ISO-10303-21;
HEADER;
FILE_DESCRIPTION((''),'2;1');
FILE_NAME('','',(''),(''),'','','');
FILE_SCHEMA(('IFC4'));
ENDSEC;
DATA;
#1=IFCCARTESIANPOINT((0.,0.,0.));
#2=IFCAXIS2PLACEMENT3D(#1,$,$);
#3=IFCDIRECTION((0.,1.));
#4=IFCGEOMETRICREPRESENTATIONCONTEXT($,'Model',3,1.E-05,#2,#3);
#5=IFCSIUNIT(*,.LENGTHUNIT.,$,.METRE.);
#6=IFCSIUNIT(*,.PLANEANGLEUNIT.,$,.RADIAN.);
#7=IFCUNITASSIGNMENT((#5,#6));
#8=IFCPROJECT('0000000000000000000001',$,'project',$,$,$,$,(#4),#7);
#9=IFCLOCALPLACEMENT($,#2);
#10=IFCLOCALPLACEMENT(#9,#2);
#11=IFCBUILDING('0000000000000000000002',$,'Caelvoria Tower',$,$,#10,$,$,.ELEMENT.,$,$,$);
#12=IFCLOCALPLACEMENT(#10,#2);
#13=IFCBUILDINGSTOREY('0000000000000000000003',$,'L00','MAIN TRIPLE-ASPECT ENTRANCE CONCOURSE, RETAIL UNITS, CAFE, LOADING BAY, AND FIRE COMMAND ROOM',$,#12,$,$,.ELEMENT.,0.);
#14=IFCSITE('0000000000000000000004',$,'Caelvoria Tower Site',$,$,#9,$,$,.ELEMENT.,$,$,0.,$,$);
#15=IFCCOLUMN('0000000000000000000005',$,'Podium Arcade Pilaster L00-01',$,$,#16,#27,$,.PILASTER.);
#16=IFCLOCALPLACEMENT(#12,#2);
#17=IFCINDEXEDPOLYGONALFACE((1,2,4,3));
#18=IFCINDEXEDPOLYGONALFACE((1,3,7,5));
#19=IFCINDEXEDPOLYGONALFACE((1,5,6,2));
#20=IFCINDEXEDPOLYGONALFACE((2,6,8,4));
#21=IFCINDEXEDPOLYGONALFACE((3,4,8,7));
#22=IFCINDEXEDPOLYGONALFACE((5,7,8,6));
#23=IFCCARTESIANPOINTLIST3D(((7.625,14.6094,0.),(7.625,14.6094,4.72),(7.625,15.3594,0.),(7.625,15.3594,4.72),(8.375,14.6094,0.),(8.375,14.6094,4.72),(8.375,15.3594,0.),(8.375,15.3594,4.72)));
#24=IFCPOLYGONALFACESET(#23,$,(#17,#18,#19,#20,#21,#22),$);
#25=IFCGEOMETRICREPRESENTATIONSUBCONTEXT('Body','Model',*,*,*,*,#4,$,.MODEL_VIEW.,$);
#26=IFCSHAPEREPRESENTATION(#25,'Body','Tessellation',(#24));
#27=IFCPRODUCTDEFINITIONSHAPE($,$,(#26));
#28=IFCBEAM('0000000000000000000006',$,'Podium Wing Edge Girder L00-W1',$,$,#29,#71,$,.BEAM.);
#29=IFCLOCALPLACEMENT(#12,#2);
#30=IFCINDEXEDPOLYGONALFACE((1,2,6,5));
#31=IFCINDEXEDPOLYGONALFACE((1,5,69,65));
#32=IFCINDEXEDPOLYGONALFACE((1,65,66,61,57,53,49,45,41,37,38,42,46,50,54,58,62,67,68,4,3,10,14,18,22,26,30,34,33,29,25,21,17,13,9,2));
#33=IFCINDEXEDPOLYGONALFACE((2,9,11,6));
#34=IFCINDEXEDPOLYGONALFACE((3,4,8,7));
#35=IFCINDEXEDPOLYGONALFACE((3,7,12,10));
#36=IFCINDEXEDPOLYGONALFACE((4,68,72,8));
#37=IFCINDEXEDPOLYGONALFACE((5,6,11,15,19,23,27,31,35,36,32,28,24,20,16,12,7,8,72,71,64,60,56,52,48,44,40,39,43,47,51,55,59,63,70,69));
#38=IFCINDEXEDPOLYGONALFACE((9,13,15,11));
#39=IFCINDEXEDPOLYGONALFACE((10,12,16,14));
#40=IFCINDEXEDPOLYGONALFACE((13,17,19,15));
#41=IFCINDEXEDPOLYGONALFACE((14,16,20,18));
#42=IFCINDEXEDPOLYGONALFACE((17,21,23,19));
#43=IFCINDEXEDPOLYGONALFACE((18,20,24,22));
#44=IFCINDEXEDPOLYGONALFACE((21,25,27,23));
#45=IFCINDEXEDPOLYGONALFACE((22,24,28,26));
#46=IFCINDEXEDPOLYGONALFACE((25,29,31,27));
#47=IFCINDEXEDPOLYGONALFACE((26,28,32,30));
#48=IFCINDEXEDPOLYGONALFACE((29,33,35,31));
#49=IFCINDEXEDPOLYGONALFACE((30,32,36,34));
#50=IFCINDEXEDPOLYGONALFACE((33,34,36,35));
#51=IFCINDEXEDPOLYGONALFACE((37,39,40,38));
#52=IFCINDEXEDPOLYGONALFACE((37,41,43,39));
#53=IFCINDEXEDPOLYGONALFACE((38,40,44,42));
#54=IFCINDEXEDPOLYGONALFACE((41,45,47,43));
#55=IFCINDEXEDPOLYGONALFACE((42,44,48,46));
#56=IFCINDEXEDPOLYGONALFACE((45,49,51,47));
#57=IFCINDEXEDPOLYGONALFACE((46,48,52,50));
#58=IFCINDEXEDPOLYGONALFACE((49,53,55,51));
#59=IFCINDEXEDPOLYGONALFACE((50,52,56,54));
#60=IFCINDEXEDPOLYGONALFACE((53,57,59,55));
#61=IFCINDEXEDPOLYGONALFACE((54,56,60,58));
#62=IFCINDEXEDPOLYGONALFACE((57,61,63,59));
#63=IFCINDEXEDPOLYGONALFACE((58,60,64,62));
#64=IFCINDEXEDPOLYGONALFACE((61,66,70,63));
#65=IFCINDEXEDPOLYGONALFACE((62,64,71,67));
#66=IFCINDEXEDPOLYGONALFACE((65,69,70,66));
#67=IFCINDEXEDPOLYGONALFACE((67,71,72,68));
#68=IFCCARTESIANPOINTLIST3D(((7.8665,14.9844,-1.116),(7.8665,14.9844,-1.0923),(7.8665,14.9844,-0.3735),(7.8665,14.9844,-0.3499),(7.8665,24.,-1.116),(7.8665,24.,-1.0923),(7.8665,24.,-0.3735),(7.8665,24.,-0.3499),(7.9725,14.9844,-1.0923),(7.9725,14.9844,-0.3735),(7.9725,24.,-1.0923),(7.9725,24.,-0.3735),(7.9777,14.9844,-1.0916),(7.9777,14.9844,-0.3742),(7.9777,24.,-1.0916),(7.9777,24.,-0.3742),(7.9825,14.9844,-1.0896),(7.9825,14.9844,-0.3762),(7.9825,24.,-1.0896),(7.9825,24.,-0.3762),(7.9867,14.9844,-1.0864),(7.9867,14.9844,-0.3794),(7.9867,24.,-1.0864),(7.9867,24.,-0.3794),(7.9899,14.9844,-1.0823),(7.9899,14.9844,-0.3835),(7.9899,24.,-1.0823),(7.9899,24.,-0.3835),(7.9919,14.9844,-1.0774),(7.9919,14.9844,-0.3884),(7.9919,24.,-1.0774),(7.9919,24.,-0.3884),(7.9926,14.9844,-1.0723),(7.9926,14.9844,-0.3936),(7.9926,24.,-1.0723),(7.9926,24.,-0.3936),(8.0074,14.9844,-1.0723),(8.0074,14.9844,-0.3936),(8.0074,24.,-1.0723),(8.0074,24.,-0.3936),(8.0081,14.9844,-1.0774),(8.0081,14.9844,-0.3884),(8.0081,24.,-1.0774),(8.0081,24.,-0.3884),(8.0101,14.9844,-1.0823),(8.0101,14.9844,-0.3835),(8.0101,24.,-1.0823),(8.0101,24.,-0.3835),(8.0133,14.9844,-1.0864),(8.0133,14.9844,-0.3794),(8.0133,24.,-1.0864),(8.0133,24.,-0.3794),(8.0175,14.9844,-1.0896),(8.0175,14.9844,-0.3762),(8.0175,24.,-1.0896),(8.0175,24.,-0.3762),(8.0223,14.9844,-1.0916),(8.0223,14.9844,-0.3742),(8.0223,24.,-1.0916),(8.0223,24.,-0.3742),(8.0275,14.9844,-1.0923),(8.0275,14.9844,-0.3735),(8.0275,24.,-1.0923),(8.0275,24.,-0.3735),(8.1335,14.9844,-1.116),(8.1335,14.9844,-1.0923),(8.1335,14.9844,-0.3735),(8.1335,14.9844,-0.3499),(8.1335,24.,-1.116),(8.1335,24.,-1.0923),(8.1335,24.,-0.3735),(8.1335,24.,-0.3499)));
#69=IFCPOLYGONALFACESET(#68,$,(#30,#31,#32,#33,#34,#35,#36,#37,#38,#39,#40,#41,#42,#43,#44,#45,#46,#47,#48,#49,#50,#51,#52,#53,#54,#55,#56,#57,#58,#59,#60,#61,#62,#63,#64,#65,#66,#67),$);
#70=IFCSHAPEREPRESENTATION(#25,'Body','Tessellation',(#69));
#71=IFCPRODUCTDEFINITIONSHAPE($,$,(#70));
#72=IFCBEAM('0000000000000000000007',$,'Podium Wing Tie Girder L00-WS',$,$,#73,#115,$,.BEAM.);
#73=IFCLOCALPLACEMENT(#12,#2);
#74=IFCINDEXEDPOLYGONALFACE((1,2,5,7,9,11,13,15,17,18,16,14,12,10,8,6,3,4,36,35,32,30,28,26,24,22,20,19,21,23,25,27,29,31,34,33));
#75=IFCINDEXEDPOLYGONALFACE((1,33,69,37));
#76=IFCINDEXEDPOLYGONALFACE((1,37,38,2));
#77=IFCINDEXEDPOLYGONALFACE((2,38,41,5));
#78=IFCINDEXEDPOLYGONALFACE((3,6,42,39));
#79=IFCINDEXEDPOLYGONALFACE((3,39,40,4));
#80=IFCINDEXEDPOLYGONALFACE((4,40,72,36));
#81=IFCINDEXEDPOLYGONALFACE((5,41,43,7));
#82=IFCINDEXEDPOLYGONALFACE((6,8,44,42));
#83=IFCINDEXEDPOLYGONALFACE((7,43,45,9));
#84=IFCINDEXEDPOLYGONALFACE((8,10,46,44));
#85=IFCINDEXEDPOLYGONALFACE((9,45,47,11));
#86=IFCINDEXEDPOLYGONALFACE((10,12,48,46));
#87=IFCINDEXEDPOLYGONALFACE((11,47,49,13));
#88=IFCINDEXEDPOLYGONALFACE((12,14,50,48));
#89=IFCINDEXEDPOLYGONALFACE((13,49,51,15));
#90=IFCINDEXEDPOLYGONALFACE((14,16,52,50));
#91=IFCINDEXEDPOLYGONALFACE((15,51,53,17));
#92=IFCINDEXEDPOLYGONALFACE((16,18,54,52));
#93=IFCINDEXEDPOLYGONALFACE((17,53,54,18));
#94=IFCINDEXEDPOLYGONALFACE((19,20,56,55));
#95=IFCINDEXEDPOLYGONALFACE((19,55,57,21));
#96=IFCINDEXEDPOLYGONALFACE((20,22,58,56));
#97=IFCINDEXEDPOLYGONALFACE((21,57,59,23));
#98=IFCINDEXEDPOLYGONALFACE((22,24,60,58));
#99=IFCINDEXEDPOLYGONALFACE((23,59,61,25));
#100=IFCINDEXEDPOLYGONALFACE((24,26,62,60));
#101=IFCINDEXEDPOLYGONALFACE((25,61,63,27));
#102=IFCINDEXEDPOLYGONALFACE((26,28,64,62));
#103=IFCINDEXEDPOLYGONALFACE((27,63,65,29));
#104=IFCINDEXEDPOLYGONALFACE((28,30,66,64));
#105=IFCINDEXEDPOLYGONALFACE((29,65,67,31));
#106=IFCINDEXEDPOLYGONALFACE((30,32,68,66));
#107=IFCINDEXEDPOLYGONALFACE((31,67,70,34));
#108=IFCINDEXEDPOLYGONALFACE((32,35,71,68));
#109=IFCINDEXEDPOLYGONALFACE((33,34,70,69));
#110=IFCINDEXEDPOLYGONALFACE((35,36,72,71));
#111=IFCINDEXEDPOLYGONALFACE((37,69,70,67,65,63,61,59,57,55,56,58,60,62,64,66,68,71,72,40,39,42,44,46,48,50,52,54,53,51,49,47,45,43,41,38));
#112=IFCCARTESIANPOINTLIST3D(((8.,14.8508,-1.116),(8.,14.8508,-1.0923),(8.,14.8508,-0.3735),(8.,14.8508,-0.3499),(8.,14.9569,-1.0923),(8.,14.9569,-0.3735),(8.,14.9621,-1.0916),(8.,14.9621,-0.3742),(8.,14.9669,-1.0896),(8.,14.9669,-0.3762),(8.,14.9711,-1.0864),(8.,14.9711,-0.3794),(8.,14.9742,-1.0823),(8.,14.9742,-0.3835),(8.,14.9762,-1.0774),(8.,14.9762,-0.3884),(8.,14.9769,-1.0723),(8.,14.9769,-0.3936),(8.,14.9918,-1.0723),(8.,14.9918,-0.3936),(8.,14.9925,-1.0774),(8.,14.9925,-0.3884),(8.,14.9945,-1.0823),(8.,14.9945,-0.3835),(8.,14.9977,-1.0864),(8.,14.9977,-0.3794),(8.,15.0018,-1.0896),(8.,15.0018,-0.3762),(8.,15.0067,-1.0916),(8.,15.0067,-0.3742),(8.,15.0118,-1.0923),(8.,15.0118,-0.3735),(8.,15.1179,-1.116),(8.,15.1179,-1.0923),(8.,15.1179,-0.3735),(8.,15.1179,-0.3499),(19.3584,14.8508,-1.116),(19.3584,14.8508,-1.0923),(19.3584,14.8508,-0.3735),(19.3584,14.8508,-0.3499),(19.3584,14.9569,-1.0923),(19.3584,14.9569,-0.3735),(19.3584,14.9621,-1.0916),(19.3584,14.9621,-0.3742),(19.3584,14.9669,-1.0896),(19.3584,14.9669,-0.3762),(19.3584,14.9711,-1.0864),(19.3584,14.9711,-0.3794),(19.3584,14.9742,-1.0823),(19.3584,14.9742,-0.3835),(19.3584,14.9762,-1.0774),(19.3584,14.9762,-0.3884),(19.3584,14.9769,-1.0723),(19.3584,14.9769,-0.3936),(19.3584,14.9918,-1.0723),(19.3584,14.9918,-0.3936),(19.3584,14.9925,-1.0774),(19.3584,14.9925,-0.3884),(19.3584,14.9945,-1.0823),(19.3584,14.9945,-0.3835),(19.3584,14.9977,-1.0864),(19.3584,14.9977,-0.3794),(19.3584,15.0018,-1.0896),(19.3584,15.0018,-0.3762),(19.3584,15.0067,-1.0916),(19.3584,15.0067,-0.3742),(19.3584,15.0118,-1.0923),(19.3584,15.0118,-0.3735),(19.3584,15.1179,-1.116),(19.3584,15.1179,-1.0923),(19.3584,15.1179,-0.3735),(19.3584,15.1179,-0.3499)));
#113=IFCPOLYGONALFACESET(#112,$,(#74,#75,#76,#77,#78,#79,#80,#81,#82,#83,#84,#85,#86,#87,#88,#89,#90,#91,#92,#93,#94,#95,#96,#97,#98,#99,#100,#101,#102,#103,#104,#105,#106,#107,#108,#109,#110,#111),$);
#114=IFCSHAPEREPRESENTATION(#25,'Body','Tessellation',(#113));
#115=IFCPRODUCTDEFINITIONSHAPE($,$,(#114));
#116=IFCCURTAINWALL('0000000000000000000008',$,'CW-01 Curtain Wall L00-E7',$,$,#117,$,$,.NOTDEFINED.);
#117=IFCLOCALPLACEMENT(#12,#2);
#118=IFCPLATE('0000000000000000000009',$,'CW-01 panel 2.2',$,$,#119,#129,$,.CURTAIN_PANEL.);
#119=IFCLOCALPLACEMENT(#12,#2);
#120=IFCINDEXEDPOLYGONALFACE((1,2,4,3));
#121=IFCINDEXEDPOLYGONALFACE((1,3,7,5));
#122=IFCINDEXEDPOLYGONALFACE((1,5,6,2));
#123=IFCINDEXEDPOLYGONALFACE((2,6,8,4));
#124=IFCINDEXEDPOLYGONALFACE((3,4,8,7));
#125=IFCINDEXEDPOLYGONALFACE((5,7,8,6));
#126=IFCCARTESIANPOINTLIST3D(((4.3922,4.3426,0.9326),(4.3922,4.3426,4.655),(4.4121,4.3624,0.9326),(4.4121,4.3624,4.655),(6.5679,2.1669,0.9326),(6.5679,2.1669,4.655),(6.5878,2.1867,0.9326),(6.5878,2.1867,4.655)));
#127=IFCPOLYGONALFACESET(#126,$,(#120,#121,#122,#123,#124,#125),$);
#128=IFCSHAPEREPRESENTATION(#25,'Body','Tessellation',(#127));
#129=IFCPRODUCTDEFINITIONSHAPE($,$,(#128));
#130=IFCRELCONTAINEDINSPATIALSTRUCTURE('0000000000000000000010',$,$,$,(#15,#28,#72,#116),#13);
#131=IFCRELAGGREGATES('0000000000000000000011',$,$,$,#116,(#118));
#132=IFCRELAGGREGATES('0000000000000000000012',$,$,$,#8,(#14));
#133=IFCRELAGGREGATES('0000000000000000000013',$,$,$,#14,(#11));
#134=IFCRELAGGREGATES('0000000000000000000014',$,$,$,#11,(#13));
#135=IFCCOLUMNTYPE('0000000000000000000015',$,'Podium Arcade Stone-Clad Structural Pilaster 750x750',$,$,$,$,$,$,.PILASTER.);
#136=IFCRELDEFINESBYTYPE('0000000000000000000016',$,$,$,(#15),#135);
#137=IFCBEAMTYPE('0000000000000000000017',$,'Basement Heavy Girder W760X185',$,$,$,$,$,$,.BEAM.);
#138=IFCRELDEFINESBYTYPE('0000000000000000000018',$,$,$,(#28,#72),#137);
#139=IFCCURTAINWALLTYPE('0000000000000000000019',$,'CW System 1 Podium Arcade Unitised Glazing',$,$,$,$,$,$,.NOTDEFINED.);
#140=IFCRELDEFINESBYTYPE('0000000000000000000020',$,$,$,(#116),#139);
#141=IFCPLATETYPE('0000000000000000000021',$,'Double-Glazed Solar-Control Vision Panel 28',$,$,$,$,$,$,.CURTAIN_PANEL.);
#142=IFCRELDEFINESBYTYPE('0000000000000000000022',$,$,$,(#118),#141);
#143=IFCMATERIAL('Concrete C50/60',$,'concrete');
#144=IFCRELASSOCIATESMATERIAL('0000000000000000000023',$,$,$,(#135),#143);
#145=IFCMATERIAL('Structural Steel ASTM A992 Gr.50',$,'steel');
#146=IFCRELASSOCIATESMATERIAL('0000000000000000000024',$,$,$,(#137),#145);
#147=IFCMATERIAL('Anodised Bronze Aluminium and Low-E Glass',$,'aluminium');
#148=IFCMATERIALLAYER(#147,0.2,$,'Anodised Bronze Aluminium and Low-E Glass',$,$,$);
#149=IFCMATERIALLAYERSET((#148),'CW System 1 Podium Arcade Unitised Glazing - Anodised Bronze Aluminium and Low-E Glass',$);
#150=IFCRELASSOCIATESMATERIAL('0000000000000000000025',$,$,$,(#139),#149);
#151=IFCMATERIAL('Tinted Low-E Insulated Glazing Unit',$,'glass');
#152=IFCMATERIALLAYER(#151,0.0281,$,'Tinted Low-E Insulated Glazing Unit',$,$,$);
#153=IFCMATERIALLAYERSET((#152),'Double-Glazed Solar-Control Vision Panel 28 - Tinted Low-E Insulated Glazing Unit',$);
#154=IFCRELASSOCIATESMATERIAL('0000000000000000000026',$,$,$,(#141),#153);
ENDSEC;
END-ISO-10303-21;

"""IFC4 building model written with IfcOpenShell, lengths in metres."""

from ifc_helpers import new_model, si_unit, direction, frame, origin, origin_2d, place, context, subcontext, project, spatial, rectangle, i_section, extrude, material, layer, layer_set, material_profile, profile_set, type_object, element, aggregate, save


model = new_model("IFC4")

# Units and contexts
model_context = context("Model", 3, precision=1e-05, world=origin(), true_north=direction((0.0, 1.0)))
body_context = subcontext(model_context, "Body", "Model", "MODEL_VIEW")
ifc_project = project(units=[si_unit("LENGTHUNIT", "METRE"), si_unit("PLANEANGLEUNIT", "RADIAN")], contexts=[model_context])

# Site, building, storey
site_placement = place(None, origin())
site = spatial("IfcSite", under=ifc_project, at=site_placement, Name="Caelvoria Tower Site", CompositionType="ELEMENT", RefElevation=0.0)
building_placement = place(site_placement, origin())
building = spatial("IfcBuilding", under=site, at=building_placement, Name="Caelvoria Tower", CompositionType="ELEMENT")
storey_placement = place(building_placement, origin())
storey = spatial("IfcBuildingStorey", under=building, at=storey_placement, Name="L00", Description="MAIN TRIPLE-ASPECT ENTRANCE CONCOURSE, RETAIL UNITS, CAFE, LOADING BAY, AND FIRE COMMAND ROOM", CompositionType="ELEMENT", Elevation=0.0)

# Column
ifc_material_1 = material(Name="Concrete C50/60", Category="concrete")
ifc_material_profile_1 = material_profile(ifc_material_1, rectangle(XDim=0.75, YDim=0.75, at=origin_2d()), Name="Concrete C50/60")
ifc_profile_set_1 = profile_set([ifc_material_profile_1], Name="RC_COL_750X750 - Concrete C50/60")
column_type = type_object("IfcColumnType", Name="Podium Arcade Stone-Clad Structural Pilaster 750x750", PredefinedType="PILASTER", material=ifc_profile_set_1)
column_placement = place(storey_placement, frame((8.0, 14.9844, 0.0), z_axis=(0.0, 0.0, 1.0), x_axis=(1.0, 0.0, 0.0)))
element("IfcColumn", 1, at=column_placement, inside=storey, type_object=column_type, Name="Podium Arcade Pilaster L00-01", PredefinedType="PILASTER", context=body_context, shape_type="SweptSolid", body=[
    extrude(rectangle(XDim=0.75, YDim=0.75, at=origin_2d()), origin(), (0.0, 0.0, 1.0), 4.72),
])

# Beams
ifc_material_2 = material(Name="Structural Steel ASTM A992 Gr.50", Category="steel")
ifc_material_profile_2 = material_profile(ifc_material_2, i_section(OverallWidth=0.2671, OverallDepth=0.7661, WebThickness=0.0149, FlangeThickness=0.0237, FilletRadius=0.02, at=origin_2d()), Name="Structural Steel ASTM A992 Gr.50")
ifc_profile_set_2 = profile_set([ifc_material_profile_2], Name="W760X185 - Structural Steel ASTM A992 Gr.50")
beam_type = type_object("IfcBeamType", Name="Basement Heavy Girder W760X185", PredefinedType="BEAM", material=ifc_profile_set_2)
beam_1_placement = place(storey_placement, frame((8.0, 14.9844, -0.7329), z_axis=(0.0, 1.0, 0.0), x_axis=(-1.0, 0.0, 0.0)))
element("IfcBeam", 2, at=beam_1_placement, inside=storey, type_object=beam_type, Name="Podium Wing Edge Girder L00-W1", PredefinedType="BEAM", context=body_context, shape_type="SweptSolid", body=[
    extrude(i_section(OverallWidth=0.2671, OverallDepth=0.7661, WebThickness=0.0149, FlangeThickness=0.0237, FilletRadius=0.02, at=origin_2d()), origin(), (0.0, 0.0, 1.0), 9.0156),
])
beam_2_placement = place(storey_placement, frame((8.0, 14.9844, -0.7329), z_axis=(1.0, 0.0, 0.0), x_axis=(0.0, 1.0, 0.0)))
element("IfcBeam", 3, at=beam_2_placement, inside=storey, type_object=beam_type, Name="Podium Wing Tie Girder L00-WS", PredefinedType="BEAM", context=body_context, shape_type="SweptSolid", body=[
    extrude(i_section(OverallWidth=0.2671, OverallDepth=0.7661, WebThickness=0.0149, FlangeThickness=0.0237, FilletRadius=0.02, at=origin_2d()), origin(), (0.0, 0.0, 1.0), 11.3584),
])

# Curtain wall, plate
ifc_material_3 = material(Name="Anodised Bronze Aluminium and Low-E Glass", Category="aluminium")
ifc_layer_1 = layer(ifc_material_3, 0.2, Name="Anodised Bronze Aluminium and Low-E Glass")
ifc_layer_set_1 = layer_set([ifc_layer_1], Name="CW System 1 Podium Arcade Unitised Glazing - Anodised Bronze Aluminium and Low-E Glass")
curtain_wall_type = type_object("IfcCurtainWallType", Name="CW System 1 Podium Arcade Unitised Glazing", PredefinedType="NOTDEFINED", material=ifc_layer_set_1)
curtain_wall_placement = place(storey_placement, origin())
curtain_wall = element("IfcCurtainWall", 4, at=curtain_wall_placement, inside=storey, type_object=curtain_wall_type, Name="CW-01 Curtain Wall L00-E7", PredefinedType="NOTDEFINED")
ifc_material_4 = material(Name="Tinted Low-E Insulated Glazing Unit", Category="glass")
ifc_layer_2 = layer(ifc_material_4, 0.0281, Name="Tinted Low-E Insulated Glazing Unit")
ifc_layer_set_2 = layer_set([ifc_layer_2], Name="Double-Glazed Solar-Control Vision Panel 28 - Tinted Low-E Insulated Glazing Unit")
plate_type = type_object("IfcPlateType", Name="Double-Glazed Solar-Control Vision Panel 28", PredefinedType="CURTAIN_PANEL", material=ifc_layer_set_2)
plate_placement = place(storey_placement, frame((5.49, 3.2646, 0.9326), z_axis=(0.0, 0.0, 1.0), x_axis=(0.707107, -0.707107, 0.0)))
plate = element("IfcPlate", 5, at=plate_placement, type_object=plate_type, Name="CW-01 panel 2.2", PredefinedType="CURTAIN_PANEL", context=body_context, shape_type="SweptSolid", body=[
    extrude(rectangle(XDim=3.0769, YDim=0.0281, at=origin_2d()), origin(), (0.0, 0.0, 1.0), 3.7224),
])
aggregate(curtain_wall, [plate])

save(model, "model.ifc")
